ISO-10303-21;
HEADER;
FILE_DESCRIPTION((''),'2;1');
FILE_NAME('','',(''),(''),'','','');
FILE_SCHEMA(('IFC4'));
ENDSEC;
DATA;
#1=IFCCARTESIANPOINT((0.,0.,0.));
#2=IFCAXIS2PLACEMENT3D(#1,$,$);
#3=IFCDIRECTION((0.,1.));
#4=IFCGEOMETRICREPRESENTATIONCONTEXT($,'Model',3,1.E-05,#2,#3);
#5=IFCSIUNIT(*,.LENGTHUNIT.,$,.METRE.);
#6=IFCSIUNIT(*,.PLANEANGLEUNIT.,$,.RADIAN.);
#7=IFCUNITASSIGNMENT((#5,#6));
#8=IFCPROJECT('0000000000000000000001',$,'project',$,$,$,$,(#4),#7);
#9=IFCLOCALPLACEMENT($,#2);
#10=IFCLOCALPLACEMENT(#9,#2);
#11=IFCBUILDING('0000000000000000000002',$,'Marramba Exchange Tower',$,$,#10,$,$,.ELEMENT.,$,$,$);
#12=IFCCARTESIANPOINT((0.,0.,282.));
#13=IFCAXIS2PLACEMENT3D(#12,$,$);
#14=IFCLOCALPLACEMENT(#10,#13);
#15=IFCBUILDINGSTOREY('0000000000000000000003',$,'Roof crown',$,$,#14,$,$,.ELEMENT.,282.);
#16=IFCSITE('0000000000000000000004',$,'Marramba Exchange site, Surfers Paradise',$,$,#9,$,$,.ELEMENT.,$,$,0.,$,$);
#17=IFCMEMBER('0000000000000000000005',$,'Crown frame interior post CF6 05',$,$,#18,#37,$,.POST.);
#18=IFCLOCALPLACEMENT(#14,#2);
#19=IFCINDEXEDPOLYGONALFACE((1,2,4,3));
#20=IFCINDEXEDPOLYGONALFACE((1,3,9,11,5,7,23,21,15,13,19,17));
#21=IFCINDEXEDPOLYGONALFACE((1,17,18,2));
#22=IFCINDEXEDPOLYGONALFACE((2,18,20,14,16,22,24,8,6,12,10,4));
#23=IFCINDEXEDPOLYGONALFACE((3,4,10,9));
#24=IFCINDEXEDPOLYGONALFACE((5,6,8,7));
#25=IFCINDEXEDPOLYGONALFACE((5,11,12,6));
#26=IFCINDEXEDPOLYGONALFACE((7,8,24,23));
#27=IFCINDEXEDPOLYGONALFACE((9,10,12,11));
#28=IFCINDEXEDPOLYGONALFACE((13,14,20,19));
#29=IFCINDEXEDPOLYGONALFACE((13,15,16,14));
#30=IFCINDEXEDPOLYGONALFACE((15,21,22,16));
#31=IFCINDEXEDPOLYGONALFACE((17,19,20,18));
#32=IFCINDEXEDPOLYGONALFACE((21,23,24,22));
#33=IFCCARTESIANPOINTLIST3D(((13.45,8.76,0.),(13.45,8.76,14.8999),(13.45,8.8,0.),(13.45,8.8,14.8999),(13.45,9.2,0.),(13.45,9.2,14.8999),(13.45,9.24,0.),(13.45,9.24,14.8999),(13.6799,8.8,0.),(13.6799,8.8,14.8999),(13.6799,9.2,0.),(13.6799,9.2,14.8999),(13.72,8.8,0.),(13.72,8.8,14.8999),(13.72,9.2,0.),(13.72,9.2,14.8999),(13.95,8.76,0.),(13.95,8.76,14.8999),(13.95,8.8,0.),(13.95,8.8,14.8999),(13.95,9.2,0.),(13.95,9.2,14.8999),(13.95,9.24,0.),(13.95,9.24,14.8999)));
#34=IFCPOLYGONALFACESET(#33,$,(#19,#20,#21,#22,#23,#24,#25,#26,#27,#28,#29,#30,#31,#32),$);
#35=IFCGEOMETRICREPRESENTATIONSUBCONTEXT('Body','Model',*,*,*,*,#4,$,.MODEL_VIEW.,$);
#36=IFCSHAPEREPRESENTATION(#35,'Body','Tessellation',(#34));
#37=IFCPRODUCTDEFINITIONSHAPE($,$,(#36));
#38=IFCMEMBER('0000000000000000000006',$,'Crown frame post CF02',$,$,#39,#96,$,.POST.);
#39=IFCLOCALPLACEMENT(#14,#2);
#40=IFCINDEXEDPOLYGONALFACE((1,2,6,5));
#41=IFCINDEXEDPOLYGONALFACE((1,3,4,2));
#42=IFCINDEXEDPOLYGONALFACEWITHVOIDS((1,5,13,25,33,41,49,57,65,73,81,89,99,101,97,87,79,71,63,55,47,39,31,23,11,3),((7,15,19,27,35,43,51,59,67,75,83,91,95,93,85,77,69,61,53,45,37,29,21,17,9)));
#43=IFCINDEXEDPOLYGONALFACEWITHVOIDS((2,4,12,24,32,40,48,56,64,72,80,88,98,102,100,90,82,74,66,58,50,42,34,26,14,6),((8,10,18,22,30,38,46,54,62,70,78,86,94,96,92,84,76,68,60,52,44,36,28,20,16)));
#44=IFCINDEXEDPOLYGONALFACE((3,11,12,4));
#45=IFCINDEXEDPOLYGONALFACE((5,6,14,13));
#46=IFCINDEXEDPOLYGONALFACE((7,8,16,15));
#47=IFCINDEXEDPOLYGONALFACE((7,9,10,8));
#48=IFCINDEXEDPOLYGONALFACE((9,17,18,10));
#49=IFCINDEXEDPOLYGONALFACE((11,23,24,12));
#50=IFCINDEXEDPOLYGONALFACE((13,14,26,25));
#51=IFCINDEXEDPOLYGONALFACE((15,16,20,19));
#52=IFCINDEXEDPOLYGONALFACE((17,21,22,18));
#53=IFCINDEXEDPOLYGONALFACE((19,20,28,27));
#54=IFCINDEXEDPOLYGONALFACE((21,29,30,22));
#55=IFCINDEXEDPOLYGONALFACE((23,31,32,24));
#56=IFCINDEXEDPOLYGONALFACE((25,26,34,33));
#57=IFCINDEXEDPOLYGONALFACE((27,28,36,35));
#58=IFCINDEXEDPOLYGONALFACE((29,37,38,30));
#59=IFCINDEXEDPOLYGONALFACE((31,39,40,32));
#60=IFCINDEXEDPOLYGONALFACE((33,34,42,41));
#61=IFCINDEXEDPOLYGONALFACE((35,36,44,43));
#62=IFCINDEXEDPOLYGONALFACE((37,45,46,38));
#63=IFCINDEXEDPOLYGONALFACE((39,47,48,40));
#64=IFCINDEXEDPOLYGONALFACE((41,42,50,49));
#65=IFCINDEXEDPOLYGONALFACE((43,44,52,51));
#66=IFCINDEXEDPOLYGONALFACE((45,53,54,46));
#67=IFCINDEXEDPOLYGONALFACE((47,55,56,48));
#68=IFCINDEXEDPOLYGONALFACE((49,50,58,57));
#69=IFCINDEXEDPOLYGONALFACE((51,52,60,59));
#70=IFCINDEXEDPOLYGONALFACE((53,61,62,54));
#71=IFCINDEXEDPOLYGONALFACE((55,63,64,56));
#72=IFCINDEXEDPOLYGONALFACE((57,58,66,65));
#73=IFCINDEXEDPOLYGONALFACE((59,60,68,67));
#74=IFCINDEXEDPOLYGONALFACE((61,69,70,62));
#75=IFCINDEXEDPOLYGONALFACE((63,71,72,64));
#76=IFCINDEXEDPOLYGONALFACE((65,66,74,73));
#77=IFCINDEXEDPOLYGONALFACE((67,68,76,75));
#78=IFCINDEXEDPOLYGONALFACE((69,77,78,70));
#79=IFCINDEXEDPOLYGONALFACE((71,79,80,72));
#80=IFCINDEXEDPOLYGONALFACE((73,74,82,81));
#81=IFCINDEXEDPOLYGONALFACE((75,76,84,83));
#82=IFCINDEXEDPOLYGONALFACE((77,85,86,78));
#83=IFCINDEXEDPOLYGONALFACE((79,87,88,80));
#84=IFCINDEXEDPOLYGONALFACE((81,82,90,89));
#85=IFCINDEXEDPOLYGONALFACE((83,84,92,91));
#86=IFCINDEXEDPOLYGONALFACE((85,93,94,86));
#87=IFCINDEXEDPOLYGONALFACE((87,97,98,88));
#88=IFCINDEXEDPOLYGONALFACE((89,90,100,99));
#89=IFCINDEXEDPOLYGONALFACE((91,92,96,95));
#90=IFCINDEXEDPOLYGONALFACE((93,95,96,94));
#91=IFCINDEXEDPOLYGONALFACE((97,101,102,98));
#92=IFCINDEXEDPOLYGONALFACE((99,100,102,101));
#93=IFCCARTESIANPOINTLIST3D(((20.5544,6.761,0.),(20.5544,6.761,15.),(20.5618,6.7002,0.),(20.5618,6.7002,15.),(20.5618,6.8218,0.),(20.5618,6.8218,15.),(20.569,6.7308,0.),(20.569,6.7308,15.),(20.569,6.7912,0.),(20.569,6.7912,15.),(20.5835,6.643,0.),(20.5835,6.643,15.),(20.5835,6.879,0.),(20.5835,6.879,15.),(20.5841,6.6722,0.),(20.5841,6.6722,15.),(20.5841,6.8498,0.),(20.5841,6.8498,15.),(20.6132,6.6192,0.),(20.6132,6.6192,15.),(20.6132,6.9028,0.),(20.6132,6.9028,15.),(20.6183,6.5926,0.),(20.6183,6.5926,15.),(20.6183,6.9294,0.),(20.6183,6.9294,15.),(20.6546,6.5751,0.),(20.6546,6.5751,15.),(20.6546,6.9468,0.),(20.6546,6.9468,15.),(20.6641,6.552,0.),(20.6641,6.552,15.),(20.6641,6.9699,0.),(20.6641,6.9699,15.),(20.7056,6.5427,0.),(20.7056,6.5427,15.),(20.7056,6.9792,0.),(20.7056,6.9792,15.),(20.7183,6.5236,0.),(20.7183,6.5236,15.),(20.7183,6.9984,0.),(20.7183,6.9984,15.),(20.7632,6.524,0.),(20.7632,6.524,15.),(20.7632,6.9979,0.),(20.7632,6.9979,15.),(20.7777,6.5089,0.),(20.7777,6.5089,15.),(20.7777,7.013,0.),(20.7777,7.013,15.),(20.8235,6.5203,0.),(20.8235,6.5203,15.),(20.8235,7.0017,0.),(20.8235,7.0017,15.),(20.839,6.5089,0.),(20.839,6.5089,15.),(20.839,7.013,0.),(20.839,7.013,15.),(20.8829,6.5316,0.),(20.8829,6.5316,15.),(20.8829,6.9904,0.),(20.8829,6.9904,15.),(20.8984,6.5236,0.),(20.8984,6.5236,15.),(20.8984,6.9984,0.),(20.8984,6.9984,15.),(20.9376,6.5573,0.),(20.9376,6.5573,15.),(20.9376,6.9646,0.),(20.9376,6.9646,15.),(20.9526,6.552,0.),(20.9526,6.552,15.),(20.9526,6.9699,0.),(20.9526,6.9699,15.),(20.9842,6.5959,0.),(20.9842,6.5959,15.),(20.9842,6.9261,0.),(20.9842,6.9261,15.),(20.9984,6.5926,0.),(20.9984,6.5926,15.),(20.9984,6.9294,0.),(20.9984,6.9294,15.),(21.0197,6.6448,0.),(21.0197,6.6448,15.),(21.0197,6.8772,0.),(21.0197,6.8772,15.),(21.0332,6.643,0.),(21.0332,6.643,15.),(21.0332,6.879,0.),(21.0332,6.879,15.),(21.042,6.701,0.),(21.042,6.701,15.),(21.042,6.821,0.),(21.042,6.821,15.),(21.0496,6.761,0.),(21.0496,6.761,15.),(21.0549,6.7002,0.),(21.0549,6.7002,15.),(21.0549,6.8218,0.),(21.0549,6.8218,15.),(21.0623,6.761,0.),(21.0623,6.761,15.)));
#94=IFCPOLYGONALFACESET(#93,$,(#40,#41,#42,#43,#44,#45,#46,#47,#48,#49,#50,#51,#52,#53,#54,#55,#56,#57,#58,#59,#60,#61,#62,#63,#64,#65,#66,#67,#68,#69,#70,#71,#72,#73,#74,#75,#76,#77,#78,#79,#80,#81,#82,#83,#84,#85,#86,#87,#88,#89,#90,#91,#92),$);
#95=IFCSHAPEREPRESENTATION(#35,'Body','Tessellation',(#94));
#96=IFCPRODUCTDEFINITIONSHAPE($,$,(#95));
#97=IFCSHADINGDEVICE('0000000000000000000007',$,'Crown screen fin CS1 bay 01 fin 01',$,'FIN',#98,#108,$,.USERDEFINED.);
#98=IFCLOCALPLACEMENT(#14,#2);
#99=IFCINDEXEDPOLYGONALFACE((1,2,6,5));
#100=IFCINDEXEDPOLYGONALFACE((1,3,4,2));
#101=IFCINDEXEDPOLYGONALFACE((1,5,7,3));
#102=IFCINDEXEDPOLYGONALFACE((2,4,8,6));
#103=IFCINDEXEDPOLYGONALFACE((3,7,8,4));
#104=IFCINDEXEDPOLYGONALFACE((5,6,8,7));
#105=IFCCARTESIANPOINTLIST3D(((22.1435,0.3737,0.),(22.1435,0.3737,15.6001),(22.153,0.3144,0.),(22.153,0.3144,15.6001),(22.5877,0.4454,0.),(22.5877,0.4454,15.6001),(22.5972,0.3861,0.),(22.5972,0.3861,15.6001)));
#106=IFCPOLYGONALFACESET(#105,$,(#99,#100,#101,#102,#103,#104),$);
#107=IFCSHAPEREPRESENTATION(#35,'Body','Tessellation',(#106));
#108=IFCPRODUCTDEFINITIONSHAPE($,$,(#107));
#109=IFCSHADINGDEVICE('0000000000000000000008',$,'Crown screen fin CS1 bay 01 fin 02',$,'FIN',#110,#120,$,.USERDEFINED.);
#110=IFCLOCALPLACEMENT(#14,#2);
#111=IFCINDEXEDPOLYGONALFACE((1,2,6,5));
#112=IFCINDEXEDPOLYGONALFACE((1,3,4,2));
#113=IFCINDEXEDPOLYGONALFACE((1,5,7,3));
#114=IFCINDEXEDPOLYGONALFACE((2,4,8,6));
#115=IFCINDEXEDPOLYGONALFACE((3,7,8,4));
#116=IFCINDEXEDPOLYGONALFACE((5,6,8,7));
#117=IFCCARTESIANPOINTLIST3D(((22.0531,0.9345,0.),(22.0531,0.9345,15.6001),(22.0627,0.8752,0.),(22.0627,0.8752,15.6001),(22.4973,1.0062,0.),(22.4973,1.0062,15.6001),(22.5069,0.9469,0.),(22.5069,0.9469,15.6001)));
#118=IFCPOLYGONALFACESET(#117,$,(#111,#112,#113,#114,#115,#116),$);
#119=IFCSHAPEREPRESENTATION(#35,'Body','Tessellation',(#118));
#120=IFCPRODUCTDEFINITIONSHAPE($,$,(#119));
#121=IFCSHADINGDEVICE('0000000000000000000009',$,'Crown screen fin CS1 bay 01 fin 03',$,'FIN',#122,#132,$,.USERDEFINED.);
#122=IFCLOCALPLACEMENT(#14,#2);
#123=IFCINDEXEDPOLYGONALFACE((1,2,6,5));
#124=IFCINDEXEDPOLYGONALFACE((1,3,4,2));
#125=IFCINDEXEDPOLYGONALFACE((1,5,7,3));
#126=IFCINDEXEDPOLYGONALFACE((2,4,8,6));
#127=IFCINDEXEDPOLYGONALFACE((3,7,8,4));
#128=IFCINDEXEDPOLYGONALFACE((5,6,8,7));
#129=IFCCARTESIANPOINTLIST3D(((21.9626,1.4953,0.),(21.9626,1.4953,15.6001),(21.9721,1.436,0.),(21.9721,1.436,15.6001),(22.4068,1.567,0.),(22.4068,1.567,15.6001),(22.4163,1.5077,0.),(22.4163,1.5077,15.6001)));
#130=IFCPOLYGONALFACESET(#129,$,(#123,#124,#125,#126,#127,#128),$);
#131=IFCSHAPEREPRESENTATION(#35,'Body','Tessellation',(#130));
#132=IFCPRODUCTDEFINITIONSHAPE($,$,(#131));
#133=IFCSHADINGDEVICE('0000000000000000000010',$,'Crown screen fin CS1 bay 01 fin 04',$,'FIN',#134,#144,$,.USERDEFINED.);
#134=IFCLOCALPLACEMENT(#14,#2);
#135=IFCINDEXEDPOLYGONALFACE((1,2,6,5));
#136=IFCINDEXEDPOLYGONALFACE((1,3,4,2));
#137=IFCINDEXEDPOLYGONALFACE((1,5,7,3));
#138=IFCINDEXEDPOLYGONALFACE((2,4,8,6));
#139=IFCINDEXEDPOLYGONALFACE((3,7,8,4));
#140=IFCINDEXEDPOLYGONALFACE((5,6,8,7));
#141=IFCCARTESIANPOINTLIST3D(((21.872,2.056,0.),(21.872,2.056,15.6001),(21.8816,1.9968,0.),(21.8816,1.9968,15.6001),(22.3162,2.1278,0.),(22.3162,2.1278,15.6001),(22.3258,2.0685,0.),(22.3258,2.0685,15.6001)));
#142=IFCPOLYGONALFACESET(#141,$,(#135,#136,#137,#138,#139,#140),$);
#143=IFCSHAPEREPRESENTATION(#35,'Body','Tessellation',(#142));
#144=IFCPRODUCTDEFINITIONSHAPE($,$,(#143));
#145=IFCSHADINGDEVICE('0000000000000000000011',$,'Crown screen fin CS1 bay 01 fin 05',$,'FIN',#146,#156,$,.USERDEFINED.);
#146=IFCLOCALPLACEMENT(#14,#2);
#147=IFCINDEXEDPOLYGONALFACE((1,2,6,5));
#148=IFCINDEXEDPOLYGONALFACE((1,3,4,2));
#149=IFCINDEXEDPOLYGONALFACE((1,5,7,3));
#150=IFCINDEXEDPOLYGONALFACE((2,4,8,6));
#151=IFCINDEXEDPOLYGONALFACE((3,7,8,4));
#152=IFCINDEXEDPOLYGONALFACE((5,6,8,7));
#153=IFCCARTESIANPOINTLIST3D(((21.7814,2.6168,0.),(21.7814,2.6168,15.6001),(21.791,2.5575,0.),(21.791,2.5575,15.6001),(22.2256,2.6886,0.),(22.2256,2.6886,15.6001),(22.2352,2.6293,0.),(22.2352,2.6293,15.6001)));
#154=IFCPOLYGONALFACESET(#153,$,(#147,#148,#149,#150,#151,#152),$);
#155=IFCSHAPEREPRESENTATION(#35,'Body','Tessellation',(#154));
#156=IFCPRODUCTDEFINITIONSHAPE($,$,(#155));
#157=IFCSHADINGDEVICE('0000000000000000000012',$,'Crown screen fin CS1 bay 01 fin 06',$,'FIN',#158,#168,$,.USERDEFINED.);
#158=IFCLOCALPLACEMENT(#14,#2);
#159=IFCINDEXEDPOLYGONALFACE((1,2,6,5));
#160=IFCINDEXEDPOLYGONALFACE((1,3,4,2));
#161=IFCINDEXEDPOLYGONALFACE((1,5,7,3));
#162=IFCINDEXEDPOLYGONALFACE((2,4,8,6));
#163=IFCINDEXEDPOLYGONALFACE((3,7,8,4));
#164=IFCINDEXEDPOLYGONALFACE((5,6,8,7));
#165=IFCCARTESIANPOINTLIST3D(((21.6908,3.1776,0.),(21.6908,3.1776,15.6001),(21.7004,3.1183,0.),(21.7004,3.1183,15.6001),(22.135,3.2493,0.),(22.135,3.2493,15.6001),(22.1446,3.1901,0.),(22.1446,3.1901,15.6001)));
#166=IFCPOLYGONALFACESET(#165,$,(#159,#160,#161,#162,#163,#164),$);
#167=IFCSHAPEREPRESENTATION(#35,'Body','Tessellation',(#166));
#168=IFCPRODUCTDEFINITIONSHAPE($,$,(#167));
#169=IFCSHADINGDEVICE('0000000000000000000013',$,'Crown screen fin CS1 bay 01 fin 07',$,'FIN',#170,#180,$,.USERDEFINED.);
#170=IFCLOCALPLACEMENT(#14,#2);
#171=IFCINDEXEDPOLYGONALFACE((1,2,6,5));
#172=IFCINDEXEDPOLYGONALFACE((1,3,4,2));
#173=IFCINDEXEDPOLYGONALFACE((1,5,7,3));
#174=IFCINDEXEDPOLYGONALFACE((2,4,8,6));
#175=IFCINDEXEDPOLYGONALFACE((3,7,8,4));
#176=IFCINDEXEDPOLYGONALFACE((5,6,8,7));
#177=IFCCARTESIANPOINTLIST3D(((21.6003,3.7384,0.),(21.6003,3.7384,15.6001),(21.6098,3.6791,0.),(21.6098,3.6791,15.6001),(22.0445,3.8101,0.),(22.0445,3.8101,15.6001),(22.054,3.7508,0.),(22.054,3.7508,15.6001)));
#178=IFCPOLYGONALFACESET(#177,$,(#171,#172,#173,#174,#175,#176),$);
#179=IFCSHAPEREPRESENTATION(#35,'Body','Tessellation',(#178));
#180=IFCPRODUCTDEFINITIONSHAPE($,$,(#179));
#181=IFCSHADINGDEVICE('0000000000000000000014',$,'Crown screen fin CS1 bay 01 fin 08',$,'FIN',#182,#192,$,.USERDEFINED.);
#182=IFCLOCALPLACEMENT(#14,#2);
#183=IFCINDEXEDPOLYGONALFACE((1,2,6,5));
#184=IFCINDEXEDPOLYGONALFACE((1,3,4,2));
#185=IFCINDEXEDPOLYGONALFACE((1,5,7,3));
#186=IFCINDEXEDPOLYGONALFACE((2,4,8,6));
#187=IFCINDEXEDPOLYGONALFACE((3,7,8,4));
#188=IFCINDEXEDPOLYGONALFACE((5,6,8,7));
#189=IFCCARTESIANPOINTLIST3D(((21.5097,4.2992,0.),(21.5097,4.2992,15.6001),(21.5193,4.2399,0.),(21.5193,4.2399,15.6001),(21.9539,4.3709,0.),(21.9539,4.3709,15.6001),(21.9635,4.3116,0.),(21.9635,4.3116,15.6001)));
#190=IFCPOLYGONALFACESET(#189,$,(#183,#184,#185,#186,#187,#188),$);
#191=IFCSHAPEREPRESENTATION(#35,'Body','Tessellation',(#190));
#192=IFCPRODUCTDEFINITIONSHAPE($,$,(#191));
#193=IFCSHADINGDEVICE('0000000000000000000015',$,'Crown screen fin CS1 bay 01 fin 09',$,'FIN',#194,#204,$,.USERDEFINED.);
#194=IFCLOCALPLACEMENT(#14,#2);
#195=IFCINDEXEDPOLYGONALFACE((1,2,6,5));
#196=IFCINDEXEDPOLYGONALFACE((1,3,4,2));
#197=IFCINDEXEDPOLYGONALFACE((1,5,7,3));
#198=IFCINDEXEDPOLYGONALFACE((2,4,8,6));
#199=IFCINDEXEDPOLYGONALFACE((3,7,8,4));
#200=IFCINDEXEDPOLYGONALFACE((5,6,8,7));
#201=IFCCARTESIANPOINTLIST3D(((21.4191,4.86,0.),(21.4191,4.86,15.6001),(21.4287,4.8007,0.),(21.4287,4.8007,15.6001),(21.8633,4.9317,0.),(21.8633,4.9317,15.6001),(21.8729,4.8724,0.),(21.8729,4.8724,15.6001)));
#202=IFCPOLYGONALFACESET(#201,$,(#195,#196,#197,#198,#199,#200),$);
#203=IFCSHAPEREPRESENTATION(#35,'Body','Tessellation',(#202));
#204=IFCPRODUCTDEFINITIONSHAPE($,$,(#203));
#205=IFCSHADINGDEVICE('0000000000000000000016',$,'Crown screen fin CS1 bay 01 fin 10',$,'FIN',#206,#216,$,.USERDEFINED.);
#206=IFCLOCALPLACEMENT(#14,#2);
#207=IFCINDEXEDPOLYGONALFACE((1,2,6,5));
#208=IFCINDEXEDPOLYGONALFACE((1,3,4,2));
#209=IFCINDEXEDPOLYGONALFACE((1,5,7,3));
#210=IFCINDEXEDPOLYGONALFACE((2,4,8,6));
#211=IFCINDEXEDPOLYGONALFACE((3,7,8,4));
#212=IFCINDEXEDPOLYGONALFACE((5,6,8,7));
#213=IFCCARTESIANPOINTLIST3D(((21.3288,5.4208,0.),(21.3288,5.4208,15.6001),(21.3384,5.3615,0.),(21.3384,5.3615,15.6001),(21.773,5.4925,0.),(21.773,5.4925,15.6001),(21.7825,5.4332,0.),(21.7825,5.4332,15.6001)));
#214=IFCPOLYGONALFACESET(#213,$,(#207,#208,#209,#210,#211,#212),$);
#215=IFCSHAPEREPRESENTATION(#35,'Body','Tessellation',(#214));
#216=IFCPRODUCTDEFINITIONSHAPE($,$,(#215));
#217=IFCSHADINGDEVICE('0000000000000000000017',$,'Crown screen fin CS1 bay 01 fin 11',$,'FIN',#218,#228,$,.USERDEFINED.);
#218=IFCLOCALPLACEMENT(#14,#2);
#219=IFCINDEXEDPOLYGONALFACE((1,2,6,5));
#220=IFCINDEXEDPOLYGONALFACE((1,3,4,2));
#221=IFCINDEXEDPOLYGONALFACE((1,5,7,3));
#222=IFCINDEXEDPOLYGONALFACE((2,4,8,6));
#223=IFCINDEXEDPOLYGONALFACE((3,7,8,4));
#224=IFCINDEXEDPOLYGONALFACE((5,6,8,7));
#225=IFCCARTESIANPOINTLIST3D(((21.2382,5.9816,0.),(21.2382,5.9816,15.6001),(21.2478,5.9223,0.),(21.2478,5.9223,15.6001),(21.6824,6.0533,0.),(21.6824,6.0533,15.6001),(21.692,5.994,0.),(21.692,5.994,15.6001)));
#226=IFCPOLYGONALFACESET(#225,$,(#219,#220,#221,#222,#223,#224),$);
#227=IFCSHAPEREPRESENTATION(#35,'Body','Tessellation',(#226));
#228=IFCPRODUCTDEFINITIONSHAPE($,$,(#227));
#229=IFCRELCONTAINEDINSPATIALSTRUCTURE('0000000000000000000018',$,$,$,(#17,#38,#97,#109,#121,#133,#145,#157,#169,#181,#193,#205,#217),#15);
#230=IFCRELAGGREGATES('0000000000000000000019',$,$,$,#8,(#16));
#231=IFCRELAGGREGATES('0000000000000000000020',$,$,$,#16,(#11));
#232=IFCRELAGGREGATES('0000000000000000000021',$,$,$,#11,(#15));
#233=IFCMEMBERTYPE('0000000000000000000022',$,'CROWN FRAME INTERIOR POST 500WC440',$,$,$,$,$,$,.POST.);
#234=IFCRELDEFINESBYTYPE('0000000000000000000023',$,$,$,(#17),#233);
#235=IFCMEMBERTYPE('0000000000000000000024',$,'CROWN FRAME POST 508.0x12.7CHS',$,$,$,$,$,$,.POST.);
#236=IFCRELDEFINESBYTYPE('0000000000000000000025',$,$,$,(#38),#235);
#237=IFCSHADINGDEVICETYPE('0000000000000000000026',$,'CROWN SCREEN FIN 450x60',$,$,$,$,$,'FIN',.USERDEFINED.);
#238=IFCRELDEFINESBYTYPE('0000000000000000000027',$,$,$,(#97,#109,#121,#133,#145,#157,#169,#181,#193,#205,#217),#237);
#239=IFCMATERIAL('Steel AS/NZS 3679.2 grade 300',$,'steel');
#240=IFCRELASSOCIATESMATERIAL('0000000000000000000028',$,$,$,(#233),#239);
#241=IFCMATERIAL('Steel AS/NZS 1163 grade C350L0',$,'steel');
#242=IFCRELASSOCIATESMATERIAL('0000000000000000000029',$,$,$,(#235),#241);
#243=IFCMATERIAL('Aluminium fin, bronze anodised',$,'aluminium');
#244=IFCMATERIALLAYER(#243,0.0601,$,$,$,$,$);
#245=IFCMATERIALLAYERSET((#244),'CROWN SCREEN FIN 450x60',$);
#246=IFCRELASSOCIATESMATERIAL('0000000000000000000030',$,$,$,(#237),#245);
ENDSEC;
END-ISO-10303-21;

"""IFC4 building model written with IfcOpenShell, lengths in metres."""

from ifc_helpers import new_model, si_unit, direction, frame, origin, origin_2d, place, context, subcontext, project, spatial, rectangle, hollow_circle, i_section, extrude, material, layer, layer_set, material_profile, profile_set, type_object, element, save


model = new_model("IFC4")

# Units and contexts
model_context = context("Model", 3, precision=1e-05, world=origin(), true_north=direction((0.0, 1.0)))
body_context = subcontext(model_context, "Body", "Model", "MODEL_VIEW")
ifc_project = project(units=[si_unit("LENGTHUNIT", "METRE"), si_unit("PLANEANGLEUNIT", "RADIAN")], contexts=[model_context])

# Site, building, storey
site_placement = place(None, origin())
site = spatial("IfcSite", under=ifc_project, at=site_placement, Name="Marramba Exchange site, Surfers Paradise", CompositionType="ELEMENT", RefElevation=0.0)
building_placement = place(site_placement, origin())
building = spatial("IfcBuilding", under=site, at=building_placement, Name="Marramba Exchange Tower", CompositionType="ELEMENT")
storey_placement = place(building_placement, frame((0.0, 0.0, 282.0)))
storey = spatial("IfcBuildingStorey", under=building, at=storey_placement, Name="Roof crown", CompositionType="ELEMENT", Elevation=282.0)

# Members
ifc_material_1 = material(Name="Steel AS/NZS 3679.2 grade 300", Category="steel")
ifc_material_profile_1 = material_profile(ifc_material_1, i_section(OverallWidth=0.5, OverallDepth=0.48, WebThickness=0.04, FlangeThickness=0.04, at=origin_2d()), Name="500WC440")
ifc_profile_set_1 = profile_set([ifc_material_profile_1], Name="Steel AS/NZS 3679.2 grade 300")
member_type_1 = type_object("IfcMemberType", Name="CROWN FRAME INTERIOR POST 500WC440", PredefinedType="POST", material=ifc_profile_set_1)
member_1_placement = place(storey_placement, frame((13.7, 9.0, 0.0), z_axis=(0.0, 0.0, 1.0), x_axis=(1.0, 0.0, 0.0)))
element("IfcMember", 1, at=member_1_placement, inside=storey, type_object=member_type_1, Name="Crown frame interior post CF6 05", PredefinedType="POST", context=body_context, shape_type="SweptSolid", body=[
    extrude(i_section(OverallWidth=0.5, OverallDepth=0.48, WebThickness=0.04, FlangeThickness=0.04, at=origin_2d()), origin(), (0.0, 0.0, 1.0), 14.8999),
])
ifc_material_2 = material(Name="Steel AS/NZS 1163 grade C350L0", Category="steel")
ifc_material_profile_2 = material_profile(ifc_material_2, hollow_circle(Radius=0.2539, WallThickness=0.0127, at=origin_2d()), Name="508.0x12.7CHS")
ifc_profile_set_2 = profile_set([ifc_material_profile_2], Name="Steel AS/NZS 1163 grade C350L0")
member_type_2 = type_object("IfcMemberType", Name="CROWN FRAME POST 508.0x12.7CHS", PredefinedType="POST", material=ifc_profile_set_2)
member_2_placement = place(storey_placement, frame((20.8083, 6.761, 0.0), z_axis=(0.0, 0.0, 1.0), x_axis=(1.0, 0.0, 0.0)))
element("IfcMember", 2, at=member_2_placement, inside=storey, type_object=member_type_2, Name="Crown frame post CF02", PredefinedType="POST", context=body_context, shape_type="SweptSolid", body=[
    extrude(hollow_circle(Radius=0.2539, WallThickness=0.0127, at=origin_2d()), origin(), (0.0, 0.0, 1.0), 15.0),
])

# Shading devices
ifc_material_3 = material(Name="Aluminium fin, bronze anodised", Category="aluminium")
ifc_layer_1 = layer(ifc_material_3, 0.0601)
ifc_layer_set_1 = layer_set([ifc_layer_1], Name="CROWN SCREEN FIN 450x60")
shading_device_type = type_object("IfcShadingDeviceType", Name="CROWN SCREEN FIN 450x60", ElementType="FIN", PredefinedType="USERDEFINED", material=ifc_layer_set_1)
for number, where, z_axis, x_axis, name in (
    (3, (22.3704, 0.3799, 0.0), (0.0, 0.0, 1.0), (0.987215, 0.159394, 0.0), "Crown screen fin CS1 bay 01 fin 01"),
    (4, (22.28, 0.9407, 0.0), (0.0, 0.0, 1.0), (0.987215, 0.159394, 0.0), "Crown screen fin CS1 bay 01 fin 02"),
    (5, (22.1895, 1.5015, 0.0), (0.0, 0.0, 1.0), (0.987215, 0.159394, 0.0), "Crown screen fin CS1 bay 01 fin 03"),
    (6, (22.0989, 2.0623, 0.0), (0.0, 0.0, 1.0), (0.987215, 0.159394, 0.0), "Crown screen fin CS1 bay 01 fin 04"),
    (7, (22.0083, 2.623, 0.0), (0.0, 0.0, 1.0), (0.987215, 0.159394, 0.0), "Crown screen fin CS1 bay 01 fin 05"),
    (8, (21.9177, 3.1838, 0.0), (0.0, 0.0, 1.0), (0.987215, 0.159394, 0.0), "Crown screen fin CS1 bay 01 fin 06"),
    (9, (21.8271, 3.7446, 0.0), (0.0, 0.0, 1.0), (0.987215, 0.159394, 0.0), "Crown screen fin CS1 bay 01 fin 07"),
    (10, (21.7366, 4.3054, 0.0), (0.0, 0.0, 1.0), (0.987215, 0.159394, 0.0), "Crown screen fin CS1 bay 01 fin 08"),
    (11, (21.646, 4.8662, 0.0), (0.0, 0.0, 1.0), (0.987215, 0.159394, 0.0), "Crown screen fin CS1 bay 01 fin 09"),
    (12, (21.5557, 5.427, 0.0), (0.0, 0.0, 1.0), (0.987215, 0.159394, 0.0), "Crown screen fin CS1 bay 01 fin 10"),
    (13, (21.4651, 5.9878, 0.0), (0.0, 0.0, 1.0), (0.987215, 0.159394, 0.0), "Crown screen fin CS1 bay 01 fin 11"),
):
    element("IfcShadingDevice", number, at=place(storey_placement, frame(where, z_axis=z_axis, x_axis=x_axis)), inside=storey, type_object=shading_device_type, Name=name, ObjectType="FIN", PredefinedType="USERDEFINED", context=body_context, shape_type="SweptSolid", body=[
        extrude(rectangle(XDim=0.45, YDim=0.0601, at=origin_2d()), origin(), (0.0, 0.0, 1.0), 15.6001),
    ])

save(model, "model.ifc")
